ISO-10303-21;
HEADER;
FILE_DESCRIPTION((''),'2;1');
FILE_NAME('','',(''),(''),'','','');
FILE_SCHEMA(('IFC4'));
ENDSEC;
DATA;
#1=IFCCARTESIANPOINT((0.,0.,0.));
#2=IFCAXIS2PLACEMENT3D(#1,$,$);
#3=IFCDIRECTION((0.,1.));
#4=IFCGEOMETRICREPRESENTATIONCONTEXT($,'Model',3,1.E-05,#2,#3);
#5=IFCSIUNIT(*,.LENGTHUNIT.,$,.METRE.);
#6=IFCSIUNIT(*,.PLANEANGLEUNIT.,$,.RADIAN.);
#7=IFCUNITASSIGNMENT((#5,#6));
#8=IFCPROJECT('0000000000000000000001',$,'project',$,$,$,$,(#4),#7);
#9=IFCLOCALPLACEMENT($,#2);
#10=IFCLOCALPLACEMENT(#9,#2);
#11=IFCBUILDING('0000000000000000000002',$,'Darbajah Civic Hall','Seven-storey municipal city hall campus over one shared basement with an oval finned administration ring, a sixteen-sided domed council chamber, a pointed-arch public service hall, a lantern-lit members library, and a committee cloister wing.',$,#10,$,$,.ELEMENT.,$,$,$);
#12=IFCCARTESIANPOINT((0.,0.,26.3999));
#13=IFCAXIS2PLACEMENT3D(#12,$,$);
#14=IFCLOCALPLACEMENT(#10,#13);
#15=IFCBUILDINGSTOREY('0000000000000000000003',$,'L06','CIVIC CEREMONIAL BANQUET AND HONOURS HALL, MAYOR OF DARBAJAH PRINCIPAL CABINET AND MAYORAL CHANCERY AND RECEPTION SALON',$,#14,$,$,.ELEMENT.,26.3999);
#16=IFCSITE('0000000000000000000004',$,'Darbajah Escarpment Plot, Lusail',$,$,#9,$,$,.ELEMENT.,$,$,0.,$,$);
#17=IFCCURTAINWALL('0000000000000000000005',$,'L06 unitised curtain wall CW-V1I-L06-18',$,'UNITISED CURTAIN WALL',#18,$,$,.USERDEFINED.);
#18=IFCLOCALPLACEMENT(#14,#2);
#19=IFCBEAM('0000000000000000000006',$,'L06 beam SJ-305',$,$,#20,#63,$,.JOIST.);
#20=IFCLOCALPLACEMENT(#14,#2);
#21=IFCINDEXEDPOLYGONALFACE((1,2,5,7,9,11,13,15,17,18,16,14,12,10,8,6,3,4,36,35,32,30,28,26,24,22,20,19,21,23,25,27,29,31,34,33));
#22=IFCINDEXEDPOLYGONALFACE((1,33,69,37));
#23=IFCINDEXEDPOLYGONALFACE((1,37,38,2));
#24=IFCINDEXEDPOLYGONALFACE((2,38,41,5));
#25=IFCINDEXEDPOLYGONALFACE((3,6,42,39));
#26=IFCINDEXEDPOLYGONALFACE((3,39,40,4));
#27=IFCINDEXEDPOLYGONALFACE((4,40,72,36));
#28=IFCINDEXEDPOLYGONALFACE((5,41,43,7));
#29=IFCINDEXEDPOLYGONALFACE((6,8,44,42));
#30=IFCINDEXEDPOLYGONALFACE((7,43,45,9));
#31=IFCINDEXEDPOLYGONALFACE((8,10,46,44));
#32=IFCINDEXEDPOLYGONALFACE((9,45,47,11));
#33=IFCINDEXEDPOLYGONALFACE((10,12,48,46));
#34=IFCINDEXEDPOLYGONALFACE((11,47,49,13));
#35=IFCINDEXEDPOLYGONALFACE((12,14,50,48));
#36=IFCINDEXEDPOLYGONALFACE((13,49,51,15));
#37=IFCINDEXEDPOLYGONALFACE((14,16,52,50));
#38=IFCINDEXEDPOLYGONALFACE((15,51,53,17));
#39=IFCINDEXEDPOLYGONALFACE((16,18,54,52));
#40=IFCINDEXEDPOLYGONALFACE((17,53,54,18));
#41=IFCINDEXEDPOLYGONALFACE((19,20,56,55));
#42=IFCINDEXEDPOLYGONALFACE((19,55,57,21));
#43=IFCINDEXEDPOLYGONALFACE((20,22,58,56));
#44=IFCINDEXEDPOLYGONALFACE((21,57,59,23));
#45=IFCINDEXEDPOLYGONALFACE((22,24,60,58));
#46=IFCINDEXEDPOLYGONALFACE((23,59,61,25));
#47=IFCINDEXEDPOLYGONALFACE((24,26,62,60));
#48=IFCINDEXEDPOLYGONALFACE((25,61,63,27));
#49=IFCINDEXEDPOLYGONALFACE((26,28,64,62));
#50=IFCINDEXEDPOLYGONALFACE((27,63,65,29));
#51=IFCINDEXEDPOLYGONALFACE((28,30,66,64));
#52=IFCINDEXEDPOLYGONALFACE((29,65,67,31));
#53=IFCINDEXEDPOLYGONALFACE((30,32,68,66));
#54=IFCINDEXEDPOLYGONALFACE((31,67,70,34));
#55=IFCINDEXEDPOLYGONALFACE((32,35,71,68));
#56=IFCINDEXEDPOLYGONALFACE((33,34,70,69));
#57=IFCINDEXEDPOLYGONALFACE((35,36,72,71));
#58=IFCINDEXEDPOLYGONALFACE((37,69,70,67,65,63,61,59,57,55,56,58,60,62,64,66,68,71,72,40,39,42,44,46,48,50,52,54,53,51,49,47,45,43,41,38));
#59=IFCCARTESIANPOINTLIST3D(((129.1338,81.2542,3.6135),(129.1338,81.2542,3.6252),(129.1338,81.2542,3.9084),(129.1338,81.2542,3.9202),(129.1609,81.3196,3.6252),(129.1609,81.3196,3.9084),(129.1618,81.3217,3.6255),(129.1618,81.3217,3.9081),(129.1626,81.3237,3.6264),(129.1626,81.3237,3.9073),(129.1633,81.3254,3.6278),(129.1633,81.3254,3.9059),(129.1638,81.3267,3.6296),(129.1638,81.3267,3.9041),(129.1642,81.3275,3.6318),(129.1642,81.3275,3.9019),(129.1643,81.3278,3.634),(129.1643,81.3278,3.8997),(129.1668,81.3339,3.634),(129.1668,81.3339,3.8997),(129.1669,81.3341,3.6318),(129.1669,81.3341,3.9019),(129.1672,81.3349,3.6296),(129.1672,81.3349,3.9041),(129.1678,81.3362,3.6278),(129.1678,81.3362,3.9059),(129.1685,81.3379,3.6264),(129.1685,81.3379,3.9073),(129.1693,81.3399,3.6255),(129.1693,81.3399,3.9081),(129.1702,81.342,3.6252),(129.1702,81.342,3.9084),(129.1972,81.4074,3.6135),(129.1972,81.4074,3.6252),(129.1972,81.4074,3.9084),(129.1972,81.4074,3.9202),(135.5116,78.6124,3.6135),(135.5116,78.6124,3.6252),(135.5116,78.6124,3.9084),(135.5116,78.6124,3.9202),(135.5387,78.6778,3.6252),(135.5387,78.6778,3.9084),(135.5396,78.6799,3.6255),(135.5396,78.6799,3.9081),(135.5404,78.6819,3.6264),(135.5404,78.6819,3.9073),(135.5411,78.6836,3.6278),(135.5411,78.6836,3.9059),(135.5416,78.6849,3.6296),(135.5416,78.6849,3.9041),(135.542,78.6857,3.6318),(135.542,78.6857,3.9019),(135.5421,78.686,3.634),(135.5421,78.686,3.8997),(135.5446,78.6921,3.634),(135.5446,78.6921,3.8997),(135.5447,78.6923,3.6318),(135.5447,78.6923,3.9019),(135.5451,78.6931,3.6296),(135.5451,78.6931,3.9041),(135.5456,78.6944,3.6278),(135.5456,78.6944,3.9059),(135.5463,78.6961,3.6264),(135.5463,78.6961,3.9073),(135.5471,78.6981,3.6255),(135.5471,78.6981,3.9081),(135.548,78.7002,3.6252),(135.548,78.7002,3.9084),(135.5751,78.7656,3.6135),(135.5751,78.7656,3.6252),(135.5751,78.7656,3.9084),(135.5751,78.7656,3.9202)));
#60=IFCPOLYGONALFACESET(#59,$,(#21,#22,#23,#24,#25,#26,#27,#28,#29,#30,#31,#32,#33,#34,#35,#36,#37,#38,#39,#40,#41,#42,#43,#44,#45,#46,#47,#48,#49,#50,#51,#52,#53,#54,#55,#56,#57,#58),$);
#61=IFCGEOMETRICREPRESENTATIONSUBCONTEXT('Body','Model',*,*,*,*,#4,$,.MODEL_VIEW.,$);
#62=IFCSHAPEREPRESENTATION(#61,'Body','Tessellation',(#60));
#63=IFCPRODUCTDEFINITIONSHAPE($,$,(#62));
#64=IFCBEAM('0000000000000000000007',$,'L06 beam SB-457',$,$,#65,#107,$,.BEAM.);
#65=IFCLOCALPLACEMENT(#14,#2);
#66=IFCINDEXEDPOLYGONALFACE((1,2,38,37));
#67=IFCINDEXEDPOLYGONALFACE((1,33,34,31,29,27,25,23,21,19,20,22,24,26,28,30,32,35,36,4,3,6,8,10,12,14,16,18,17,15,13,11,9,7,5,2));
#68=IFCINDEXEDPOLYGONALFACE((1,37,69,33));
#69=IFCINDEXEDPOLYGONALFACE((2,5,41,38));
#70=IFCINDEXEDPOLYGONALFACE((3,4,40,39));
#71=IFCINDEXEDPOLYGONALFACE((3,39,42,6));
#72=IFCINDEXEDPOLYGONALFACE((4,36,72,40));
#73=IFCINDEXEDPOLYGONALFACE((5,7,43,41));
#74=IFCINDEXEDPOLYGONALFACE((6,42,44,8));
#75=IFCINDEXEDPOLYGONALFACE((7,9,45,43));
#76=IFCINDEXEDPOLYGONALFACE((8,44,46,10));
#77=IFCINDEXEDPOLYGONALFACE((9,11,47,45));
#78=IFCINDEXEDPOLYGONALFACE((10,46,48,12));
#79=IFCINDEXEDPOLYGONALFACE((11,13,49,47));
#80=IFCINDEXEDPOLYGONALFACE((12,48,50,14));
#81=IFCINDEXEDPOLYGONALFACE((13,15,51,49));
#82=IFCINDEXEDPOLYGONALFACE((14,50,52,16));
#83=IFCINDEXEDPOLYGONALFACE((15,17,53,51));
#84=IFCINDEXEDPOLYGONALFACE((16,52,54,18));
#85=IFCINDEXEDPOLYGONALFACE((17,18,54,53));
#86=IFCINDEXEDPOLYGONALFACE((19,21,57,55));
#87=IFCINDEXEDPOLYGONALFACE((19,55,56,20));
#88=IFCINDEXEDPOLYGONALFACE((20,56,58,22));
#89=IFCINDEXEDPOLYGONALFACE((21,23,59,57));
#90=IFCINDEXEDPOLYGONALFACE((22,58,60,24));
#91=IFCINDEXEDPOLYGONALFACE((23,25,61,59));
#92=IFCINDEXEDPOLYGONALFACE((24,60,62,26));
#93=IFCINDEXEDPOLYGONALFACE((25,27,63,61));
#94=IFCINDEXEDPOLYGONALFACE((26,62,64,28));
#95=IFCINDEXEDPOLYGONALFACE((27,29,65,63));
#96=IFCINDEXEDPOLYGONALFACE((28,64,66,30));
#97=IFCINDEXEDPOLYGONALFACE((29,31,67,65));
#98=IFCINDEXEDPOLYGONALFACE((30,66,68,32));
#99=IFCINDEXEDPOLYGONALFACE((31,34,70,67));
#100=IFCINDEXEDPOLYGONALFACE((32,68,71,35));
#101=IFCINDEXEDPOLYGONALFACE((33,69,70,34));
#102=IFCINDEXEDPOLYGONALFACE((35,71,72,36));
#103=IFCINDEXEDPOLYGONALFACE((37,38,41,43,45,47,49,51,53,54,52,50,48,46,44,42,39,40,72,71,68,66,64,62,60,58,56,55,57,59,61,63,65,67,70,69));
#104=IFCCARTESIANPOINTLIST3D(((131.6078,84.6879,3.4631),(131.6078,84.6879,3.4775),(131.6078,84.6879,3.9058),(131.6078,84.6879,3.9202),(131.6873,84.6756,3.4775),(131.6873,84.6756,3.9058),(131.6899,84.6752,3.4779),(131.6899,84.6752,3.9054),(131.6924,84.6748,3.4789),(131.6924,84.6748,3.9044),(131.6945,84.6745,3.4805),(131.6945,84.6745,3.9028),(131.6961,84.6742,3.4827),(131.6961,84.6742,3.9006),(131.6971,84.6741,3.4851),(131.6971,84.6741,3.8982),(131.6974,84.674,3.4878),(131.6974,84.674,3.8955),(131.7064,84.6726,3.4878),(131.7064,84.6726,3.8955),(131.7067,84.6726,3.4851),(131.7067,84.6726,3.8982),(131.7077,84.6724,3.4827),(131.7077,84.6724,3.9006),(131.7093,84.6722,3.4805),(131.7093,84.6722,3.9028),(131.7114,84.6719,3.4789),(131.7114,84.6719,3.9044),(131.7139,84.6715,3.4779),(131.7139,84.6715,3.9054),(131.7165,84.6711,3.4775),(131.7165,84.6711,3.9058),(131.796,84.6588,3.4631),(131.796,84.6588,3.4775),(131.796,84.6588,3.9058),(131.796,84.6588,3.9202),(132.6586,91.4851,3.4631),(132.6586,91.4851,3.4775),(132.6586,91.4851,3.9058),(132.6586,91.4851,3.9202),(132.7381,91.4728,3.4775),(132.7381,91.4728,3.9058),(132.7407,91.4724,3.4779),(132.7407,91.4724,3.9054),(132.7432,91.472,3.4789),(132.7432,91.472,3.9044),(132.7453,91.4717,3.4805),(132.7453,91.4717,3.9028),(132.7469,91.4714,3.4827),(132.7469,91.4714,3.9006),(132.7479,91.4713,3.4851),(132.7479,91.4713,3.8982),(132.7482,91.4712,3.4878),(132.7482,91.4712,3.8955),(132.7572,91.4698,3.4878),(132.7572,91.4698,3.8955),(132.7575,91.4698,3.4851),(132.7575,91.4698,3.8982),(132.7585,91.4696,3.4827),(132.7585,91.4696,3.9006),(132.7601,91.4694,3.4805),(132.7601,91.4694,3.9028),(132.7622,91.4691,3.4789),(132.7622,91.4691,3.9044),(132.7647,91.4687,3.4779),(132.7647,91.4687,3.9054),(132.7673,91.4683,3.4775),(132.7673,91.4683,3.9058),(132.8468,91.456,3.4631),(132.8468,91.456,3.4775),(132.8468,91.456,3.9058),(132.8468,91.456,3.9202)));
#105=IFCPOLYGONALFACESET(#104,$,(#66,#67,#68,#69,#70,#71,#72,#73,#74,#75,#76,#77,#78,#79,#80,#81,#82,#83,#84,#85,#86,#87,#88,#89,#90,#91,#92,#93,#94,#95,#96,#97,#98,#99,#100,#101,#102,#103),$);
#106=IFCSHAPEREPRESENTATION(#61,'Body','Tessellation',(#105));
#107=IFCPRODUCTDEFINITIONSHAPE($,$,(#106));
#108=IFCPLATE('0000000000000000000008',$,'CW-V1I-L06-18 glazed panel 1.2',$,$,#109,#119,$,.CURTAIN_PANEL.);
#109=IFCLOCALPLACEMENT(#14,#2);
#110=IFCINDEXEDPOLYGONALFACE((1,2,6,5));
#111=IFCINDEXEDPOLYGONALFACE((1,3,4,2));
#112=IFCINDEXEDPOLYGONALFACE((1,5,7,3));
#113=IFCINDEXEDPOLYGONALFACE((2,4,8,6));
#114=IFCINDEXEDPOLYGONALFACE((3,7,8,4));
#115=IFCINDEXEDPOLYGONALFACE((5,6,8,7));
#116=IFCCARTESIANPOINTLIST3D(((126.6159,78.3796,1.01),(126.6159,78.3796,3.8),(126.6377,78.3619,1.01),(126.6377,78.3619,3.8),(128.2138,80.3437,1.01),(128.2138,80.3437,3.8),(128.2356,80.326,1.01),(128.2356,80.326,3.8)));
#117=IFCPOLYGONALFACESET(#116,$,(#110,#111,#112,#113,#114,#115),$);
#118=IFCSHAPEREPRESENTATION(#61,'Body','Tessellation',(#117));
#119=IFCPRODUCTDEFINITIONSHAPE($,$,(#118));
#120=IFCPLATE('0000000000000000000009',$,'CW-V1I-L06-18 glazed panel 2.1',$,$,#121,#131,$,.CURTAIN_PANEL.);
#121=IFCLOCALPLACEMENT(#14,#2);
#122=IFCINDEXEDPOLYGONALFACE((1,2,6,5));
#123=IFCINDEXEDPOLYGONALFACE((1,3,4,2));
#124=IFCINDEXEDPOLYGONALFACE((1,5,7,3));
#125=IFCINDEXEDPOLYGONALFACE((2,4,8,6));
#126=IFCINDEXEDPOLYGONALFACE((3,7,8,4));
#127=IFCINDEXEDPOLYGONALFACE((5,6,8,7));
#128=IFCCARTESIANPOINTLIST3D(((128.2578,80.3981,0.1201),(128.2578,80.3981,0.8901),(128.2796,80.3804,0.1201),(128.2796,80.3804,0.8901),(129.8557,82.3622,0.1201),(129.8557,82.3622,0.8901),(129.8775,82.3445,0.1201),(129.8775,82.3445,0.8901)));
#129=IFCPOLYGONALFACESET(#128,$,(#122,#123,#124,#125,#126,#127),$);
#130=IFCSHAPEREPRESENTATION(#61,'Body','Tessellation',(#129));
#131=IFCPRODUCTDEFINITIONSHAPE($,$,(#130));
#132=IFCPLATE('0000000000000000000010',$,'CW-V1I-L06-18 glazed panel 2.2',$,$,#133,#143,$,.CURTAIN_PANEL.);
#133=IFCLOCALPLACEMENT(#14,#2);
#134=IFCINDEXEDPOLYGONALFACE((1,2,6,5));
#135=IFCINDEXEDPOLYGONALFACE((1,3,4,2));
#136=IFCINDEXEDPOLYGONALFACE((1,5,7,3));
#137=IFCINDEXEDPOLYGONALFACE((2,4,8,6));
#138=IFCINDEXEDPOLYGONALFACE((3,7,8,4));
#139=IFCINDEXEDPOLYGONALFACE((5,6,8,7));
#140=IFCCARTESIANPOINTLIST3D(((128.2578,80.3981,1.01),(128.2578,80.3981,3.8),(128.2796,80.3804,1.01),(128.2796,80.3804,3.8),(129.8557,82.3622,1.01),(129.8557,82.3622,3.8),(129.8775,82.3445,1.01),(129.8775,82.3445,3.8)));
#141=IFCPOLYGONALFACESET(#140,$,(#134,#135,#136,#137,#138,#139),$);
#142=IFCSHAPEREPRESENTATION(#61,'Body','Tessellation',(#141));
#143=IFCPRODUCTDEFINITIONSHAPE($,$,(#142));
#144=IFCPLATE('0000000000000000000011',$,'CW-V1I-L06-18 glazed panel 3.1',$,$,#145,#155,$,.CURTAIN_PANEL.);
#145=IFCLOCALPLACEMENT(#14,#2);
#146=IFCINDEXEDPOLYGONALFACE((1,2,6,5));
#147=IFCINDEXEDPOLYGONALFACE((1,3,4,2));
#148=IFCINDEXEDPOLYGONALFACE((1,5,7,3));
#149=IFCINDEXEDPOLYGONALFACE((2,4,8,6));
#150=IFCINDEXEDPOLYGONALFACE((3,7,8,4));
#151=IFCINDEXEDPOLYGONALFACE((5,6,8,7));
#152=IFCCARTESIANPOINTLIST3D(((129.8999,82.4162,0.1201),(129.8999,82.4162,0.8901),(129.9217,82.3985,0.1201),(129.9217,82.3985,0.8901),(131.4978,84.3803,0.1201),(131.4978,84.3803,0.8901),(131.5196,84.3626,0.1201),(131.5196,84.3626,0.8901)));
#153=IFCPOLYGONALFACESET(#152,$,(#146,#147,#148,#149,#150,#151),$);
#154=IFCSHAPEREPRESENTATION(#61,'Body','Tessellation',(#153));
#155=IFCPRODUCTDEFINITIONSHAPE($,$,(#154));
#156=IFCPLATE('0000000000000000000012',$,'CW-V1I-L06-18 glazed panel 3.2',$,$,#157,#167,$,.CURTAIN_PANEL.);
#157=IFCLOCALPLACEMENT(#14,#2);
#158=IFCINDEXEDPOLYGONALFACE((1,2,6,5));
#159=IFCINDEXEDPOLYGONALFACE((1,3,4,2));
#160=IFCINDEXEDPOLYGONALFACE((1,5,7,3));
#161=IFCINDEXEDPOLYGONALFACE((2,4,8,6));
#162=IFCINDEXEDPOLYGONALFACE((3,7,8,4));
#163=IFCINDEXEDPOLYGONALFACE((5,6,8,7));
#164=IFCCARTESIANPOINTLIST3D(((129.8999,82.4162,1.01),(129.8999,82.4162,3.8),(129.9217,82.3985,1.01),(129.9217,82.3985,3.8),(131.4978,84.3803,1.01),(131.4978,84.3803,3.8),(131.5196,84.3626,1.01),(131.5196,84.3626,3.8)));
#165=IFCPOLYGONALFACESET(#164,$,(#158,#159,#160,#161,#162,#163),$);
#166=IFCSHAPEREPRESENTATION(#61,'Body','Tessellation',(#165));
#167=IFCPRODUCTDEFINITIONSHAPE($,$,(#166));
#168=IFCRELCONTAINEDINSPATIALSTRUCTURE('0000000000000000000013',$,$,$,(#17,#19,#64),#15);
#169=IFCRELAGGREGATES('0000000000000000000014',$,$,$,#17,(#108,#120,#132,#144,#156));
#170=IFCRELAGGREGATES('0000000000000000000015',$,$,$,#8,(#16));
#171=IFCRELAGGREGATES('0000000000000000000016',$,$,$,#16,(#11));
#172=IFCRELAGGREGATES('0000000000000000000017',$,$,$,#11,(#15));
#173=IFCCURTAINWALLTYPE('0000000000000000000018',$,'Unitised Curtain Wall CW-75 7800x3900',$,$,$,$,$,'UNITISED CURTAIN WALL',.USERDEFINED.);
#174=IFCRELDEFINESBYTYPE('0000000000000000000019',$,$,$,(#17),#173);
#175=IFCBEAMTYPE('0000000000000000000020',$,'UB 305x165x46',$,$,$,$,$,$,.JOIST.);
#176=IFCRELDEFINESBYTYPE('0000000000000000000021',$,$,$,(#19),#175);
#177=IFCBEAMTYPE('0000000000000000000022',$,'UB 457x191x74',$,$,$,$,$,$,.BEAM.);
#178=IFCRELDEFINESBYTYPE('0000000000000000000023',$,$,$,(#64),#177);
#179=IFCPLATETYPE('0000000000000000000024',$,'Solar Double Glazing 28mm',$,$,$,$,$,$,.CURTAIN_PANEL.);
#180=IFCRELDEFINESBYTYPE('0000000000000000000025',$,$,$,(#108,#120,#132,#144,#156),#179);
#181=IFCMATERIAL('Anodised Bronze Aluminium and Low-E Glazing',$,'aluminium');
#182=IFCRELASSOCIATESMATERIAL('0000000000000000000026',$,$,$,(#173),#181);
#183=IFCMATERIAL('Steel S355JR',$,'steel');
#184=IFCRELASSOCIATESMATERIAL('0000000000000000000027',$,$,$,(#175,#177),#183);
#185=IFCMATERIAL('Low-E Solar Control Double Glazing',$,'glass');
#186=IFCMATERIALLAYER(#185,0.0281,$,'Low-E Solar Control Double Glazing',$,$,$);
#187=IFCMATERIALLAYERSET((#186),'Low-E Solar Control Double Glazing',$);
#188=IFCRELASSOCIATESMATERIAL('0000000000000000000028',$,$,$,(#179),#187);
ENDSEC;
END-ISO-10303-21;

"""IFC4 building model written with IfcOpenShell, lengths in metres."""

from ifc_helpers import new_model, si_unit, direction, frame, origin, origin_2d, place, context, subcontext, project, spatial, rectangle, i_section, extrude, material, layer, layer_set, material_profile, profile_set, type_object, element, aggregate, save


model = new_model("IFC4")

# Units and contexts
model_context = context("Model", 3, precision=1e-05, world=origin(), true_north=direction((0.0, 1.0)))
body_context = subcontext(model_context, "Body", "Model", "MODEL_VIEW")
ifc_project = project(units=[si_unit("LENGTHUNIT", "METRE"), si_unit("PLANEANGLEUNIT", "RADIAN")], contexts=[model_context])

# Site, building, storey
site_placement = place(None, origin())
site = spatial("IfcSite", under=ifc_project, at=site_placement, Name="Darbajah Escarpment Plot, Lusail", CompositionType="ELEMENT", RefElevation=0.0)
building_placement = place(site_placement, origin())
building = spatial("IfcBuilding", under=site, at=building_placement, Name="Darbajah Civic Hall", Description="Seven-storey municipal city hall campus over one shared basement with an oval finned administration ring, a sixteen-sided domed council chamber, a pointed-arch public service hall, a lantern-lit members library, and a committee cloister wing.", CompositionType="ELEMENT")
storey_placement = place(building_placement, frame((0.0, 0.0, 26.3999)))
storey = spatial("IfcBuildingStorey", under=building, at=storey_placement, Name="L06", Description="CIVIC CEREMONIAL BANQUET AND HONOURS HALL, MAYOR OF DARBAJAH PRINCIPAL CABINET AND MAYORAL CHANCERY AND RECEPTION SALON", CompositionType="ELEMENT", Elevation=26.3999)

# Curtain wall
ifc_material_1 = material(Name="Anodised Bronze Aluminium and Low-E Glazing", Category="aluminium")
curtain_wall_type = type_object("IfcCurtainWallType", Name="Unitised Curtain Wall CW-75 7800x3900", ElementType="UNITISED CURTAIN WALL", PredefinedType="USERDEFINED", material=ifc_material_1)
curtain_wall_placement = place(storey_placement, origin())
curtain_wall = element("IfcCurtainWall", 1, at=curtain_wall_placement, inside=storey, type_object=curtain_wall_type, Name="L06 unitised curtain wall CW-V1I-L06-18", ObjectType="UNITISED CURTAIN WALL", PredefinedType="USERDEFINED")

# Beams
ifc_material_2 = material(Name="Steel S355JR", Category="steel")
ifc_material_profile_1 = material_profile(ifc_material_2, i_section(OverallWidth=0.1658, OverallDepth=0.3066, WebThickness=0.0066, FlangeThickness=0.0117, FilletRadius=0.0088, at=origin_2d()), Name="UB 305x165x46")
ifc_profile_set_1 = profile_set([ifc_material_profile_1], Name="Steel S355JR")
beam_type_1 = type_object("IfcBeamType", Name="UB 305x165x46", PredefinedType="JOIST", material=ifc_profile_set_1)
beam_1_placement = place(storey_placement, frame((129.1655, 81.3308, 3.7668), z_axis=(0.923878, -0.382686, 0.0), x_axis=(0.382686, 0.923878, 0.0)))
element("IfcBeam", 2, at=beam_1_placement, inside=storey, type_object=beam_type_1, Name="L06 beam SJ-305", PredefinedType="JOIST", context=body_context, shape_type="SweptSolid", body=[
    extrude(i_section(OverallWidth=0.1658, OverallDepth=0.3066, WebThickness=0.0066, FlangeThickness=0.0117, FilletRadius=0.0088, at=origin_2d()), origin(), (0.0, 0.0, 1.0), 6.9033),
])
ifc_material_profile_2 = material_profile(ifc_material_2, i_section(OverallWidth=0.1904, OverallDepth=0.457, WebThickness=0.009, FlangeThickness=0.0144, FilletRadius=0.0103, at=origin_2d()), Name="UB 457x191x74")
ifc_profile_set_2 = profile_set([ifc_material_profile_2], Name="Steel S355JR")
beam_type_2 = type_object("IfcBeamType", Name="UB 457x191x74", PredefinedType="BEAM", material=ifc_profile_set_2)
beam_2_placement = place(storey_placement, frame((131.7019, 84.6733, 3.6917), z_axis=(0.152777, 0.988261, 0.0), x_axis=(-0.988261, 0.152777, 0.0)))
element("IfcBeam", 3, at=beam_2_placement, inside=storey, type_object=beam_type_2, Name="L06 beam SB-457", PredefinedType="BEAM", context=body_context, shape_type="SweptSolid", body=[
    extrude(i_section(OverallWidth=0.1904, OverallDepth=0.457, WebThickness=0.009, FlangeThickness=0.0144, FilletRadius=0.0103, at=origin_2d()), origin(), (0.0, 0.0, 1.0), 6.8779),
])

# Plates
ifc_material_3 = material(Name="Low-E Solar Control Double Glazing", Category="glass")
ifc_layer_1 = layer(ifc_material_3, 0.0281, Name="Low-E Solar Control Double Glazing")
ifc_layer_set_1 = layer_set([ifc_layer_1], Name="Low-E Solar Control Double Glazing")
plate_type = type_object("IfcPlateType", Name="Solar Double Glazing 28mm", PredefinedType="CURTAIN_PANEL", material=ifc_layer_set_1)
plate_1_placement = place(storey_placement, frame((127.4258, 79.3528, 1.01), z_axis=(0.0, 0.0, 1.0), x_axis=(0.631082, 0.775716, 0.0)))
plate_1 = element("IfcPlate", 4, at=plate_1_placement, type_object=plate_type, Name="CW-V1I-L06-18 glazed panel 1.2", PredefinedType="CURTAIN_PANEL", context=body_context, shape_type="SweptSolid", body=[
    extrude(rectangle(XDim=2.532, YDim=0.0281, at=origin_2d()), origin(), (0.0, 0.0, 1.0), 2.79),
])
plate_2_placement = place(storey_placement, frame((129.0676, 81.3713, 0.1201), z_axis=(0.0, 0.0, 1.0), x_axis=(0.631082, 0.775716, 0.0)))
plate_2 = element("IfcPlate", 5, at=plate_2_placement, type_object=plate_type, Name="CW-V1I-L06-18 glazed panel 2.1", PredefinedType="CURTAIN_PANEL", context=body_context, shape_type="SweptSolid", body=[
    extrude(rectangle(XDim=2.532, YDim=0.0281, at=origin_2d()), origin(), (0.0, 0.0, 1.0), 0.77),
])
plate_3_placement = place(storey_placement, frame((129.0676, 81.3713, 1.01), z_axis=(0.0, 0.0, 1.0), x_axis=(0.631082, 0.775716, 0.0)))
plate_3 = element("IfcPlate", 6, at=plate_3_placement, type_object=plate_type, Name="CW-V1I-L06-18 glazed panel 2.2", PredefinedType="CURTAIN_PANEL", context=body_context, shape_type="SweptSolid", body=[
    extrude(rectangle(XDim=2.532, YDim=0.0281, at=origin_2d()), origin(), (0.0, 0.0, 1.0), 2.79),
])
plate_4_placement = place(storey_placement, frame((130.7097, 83.3894, 0.1201), z_axis=(0.0, 0.0, 1.0), x_axis=(0.631082, 0.775716, 0.0)))
plate_4 = element("IfcPlate", 7, at=plate_4_placement, type_object=plate_type, Name="CW-V1I-L06-18 glazed panel 3.1", PredefinedType="CURTAIN_PANEL", context=body_context, shape_type="SweptSolid", body=[
    extrude(rectangle(XDim=2.532, YDim=0.0281, at=origin_2d()), origin(), (0.0, 0.0, 1.0), 0.77),
])
plate_5_placement = place(storey_placement, frame((130.7097, 83.3894, 1.01), z_axis=(0.0, 0.0, 1.0), x_axis=(0.631082, 0.775716, 0.0)))
plate_5 = element("IfcPlate", 8, at=plate_5_placement, type_object=plate_type, Name="CW-V1I-L06-18 glazed panel 3.2", PredefinedType="CURTAIN_PANEL", context=body_context, shape_type="SweptSolid", body=[
    extrude(rectangle(XDim=2.532, YDim=0.0281, at=origin_2d()), origin(), (0.0, 0.0, 1.0), 2.79),
])
aggregate(curtain_wall, [plate_1, plate_2, plate_3, plate_4, plate_5])

save(model, "model.ifc")
